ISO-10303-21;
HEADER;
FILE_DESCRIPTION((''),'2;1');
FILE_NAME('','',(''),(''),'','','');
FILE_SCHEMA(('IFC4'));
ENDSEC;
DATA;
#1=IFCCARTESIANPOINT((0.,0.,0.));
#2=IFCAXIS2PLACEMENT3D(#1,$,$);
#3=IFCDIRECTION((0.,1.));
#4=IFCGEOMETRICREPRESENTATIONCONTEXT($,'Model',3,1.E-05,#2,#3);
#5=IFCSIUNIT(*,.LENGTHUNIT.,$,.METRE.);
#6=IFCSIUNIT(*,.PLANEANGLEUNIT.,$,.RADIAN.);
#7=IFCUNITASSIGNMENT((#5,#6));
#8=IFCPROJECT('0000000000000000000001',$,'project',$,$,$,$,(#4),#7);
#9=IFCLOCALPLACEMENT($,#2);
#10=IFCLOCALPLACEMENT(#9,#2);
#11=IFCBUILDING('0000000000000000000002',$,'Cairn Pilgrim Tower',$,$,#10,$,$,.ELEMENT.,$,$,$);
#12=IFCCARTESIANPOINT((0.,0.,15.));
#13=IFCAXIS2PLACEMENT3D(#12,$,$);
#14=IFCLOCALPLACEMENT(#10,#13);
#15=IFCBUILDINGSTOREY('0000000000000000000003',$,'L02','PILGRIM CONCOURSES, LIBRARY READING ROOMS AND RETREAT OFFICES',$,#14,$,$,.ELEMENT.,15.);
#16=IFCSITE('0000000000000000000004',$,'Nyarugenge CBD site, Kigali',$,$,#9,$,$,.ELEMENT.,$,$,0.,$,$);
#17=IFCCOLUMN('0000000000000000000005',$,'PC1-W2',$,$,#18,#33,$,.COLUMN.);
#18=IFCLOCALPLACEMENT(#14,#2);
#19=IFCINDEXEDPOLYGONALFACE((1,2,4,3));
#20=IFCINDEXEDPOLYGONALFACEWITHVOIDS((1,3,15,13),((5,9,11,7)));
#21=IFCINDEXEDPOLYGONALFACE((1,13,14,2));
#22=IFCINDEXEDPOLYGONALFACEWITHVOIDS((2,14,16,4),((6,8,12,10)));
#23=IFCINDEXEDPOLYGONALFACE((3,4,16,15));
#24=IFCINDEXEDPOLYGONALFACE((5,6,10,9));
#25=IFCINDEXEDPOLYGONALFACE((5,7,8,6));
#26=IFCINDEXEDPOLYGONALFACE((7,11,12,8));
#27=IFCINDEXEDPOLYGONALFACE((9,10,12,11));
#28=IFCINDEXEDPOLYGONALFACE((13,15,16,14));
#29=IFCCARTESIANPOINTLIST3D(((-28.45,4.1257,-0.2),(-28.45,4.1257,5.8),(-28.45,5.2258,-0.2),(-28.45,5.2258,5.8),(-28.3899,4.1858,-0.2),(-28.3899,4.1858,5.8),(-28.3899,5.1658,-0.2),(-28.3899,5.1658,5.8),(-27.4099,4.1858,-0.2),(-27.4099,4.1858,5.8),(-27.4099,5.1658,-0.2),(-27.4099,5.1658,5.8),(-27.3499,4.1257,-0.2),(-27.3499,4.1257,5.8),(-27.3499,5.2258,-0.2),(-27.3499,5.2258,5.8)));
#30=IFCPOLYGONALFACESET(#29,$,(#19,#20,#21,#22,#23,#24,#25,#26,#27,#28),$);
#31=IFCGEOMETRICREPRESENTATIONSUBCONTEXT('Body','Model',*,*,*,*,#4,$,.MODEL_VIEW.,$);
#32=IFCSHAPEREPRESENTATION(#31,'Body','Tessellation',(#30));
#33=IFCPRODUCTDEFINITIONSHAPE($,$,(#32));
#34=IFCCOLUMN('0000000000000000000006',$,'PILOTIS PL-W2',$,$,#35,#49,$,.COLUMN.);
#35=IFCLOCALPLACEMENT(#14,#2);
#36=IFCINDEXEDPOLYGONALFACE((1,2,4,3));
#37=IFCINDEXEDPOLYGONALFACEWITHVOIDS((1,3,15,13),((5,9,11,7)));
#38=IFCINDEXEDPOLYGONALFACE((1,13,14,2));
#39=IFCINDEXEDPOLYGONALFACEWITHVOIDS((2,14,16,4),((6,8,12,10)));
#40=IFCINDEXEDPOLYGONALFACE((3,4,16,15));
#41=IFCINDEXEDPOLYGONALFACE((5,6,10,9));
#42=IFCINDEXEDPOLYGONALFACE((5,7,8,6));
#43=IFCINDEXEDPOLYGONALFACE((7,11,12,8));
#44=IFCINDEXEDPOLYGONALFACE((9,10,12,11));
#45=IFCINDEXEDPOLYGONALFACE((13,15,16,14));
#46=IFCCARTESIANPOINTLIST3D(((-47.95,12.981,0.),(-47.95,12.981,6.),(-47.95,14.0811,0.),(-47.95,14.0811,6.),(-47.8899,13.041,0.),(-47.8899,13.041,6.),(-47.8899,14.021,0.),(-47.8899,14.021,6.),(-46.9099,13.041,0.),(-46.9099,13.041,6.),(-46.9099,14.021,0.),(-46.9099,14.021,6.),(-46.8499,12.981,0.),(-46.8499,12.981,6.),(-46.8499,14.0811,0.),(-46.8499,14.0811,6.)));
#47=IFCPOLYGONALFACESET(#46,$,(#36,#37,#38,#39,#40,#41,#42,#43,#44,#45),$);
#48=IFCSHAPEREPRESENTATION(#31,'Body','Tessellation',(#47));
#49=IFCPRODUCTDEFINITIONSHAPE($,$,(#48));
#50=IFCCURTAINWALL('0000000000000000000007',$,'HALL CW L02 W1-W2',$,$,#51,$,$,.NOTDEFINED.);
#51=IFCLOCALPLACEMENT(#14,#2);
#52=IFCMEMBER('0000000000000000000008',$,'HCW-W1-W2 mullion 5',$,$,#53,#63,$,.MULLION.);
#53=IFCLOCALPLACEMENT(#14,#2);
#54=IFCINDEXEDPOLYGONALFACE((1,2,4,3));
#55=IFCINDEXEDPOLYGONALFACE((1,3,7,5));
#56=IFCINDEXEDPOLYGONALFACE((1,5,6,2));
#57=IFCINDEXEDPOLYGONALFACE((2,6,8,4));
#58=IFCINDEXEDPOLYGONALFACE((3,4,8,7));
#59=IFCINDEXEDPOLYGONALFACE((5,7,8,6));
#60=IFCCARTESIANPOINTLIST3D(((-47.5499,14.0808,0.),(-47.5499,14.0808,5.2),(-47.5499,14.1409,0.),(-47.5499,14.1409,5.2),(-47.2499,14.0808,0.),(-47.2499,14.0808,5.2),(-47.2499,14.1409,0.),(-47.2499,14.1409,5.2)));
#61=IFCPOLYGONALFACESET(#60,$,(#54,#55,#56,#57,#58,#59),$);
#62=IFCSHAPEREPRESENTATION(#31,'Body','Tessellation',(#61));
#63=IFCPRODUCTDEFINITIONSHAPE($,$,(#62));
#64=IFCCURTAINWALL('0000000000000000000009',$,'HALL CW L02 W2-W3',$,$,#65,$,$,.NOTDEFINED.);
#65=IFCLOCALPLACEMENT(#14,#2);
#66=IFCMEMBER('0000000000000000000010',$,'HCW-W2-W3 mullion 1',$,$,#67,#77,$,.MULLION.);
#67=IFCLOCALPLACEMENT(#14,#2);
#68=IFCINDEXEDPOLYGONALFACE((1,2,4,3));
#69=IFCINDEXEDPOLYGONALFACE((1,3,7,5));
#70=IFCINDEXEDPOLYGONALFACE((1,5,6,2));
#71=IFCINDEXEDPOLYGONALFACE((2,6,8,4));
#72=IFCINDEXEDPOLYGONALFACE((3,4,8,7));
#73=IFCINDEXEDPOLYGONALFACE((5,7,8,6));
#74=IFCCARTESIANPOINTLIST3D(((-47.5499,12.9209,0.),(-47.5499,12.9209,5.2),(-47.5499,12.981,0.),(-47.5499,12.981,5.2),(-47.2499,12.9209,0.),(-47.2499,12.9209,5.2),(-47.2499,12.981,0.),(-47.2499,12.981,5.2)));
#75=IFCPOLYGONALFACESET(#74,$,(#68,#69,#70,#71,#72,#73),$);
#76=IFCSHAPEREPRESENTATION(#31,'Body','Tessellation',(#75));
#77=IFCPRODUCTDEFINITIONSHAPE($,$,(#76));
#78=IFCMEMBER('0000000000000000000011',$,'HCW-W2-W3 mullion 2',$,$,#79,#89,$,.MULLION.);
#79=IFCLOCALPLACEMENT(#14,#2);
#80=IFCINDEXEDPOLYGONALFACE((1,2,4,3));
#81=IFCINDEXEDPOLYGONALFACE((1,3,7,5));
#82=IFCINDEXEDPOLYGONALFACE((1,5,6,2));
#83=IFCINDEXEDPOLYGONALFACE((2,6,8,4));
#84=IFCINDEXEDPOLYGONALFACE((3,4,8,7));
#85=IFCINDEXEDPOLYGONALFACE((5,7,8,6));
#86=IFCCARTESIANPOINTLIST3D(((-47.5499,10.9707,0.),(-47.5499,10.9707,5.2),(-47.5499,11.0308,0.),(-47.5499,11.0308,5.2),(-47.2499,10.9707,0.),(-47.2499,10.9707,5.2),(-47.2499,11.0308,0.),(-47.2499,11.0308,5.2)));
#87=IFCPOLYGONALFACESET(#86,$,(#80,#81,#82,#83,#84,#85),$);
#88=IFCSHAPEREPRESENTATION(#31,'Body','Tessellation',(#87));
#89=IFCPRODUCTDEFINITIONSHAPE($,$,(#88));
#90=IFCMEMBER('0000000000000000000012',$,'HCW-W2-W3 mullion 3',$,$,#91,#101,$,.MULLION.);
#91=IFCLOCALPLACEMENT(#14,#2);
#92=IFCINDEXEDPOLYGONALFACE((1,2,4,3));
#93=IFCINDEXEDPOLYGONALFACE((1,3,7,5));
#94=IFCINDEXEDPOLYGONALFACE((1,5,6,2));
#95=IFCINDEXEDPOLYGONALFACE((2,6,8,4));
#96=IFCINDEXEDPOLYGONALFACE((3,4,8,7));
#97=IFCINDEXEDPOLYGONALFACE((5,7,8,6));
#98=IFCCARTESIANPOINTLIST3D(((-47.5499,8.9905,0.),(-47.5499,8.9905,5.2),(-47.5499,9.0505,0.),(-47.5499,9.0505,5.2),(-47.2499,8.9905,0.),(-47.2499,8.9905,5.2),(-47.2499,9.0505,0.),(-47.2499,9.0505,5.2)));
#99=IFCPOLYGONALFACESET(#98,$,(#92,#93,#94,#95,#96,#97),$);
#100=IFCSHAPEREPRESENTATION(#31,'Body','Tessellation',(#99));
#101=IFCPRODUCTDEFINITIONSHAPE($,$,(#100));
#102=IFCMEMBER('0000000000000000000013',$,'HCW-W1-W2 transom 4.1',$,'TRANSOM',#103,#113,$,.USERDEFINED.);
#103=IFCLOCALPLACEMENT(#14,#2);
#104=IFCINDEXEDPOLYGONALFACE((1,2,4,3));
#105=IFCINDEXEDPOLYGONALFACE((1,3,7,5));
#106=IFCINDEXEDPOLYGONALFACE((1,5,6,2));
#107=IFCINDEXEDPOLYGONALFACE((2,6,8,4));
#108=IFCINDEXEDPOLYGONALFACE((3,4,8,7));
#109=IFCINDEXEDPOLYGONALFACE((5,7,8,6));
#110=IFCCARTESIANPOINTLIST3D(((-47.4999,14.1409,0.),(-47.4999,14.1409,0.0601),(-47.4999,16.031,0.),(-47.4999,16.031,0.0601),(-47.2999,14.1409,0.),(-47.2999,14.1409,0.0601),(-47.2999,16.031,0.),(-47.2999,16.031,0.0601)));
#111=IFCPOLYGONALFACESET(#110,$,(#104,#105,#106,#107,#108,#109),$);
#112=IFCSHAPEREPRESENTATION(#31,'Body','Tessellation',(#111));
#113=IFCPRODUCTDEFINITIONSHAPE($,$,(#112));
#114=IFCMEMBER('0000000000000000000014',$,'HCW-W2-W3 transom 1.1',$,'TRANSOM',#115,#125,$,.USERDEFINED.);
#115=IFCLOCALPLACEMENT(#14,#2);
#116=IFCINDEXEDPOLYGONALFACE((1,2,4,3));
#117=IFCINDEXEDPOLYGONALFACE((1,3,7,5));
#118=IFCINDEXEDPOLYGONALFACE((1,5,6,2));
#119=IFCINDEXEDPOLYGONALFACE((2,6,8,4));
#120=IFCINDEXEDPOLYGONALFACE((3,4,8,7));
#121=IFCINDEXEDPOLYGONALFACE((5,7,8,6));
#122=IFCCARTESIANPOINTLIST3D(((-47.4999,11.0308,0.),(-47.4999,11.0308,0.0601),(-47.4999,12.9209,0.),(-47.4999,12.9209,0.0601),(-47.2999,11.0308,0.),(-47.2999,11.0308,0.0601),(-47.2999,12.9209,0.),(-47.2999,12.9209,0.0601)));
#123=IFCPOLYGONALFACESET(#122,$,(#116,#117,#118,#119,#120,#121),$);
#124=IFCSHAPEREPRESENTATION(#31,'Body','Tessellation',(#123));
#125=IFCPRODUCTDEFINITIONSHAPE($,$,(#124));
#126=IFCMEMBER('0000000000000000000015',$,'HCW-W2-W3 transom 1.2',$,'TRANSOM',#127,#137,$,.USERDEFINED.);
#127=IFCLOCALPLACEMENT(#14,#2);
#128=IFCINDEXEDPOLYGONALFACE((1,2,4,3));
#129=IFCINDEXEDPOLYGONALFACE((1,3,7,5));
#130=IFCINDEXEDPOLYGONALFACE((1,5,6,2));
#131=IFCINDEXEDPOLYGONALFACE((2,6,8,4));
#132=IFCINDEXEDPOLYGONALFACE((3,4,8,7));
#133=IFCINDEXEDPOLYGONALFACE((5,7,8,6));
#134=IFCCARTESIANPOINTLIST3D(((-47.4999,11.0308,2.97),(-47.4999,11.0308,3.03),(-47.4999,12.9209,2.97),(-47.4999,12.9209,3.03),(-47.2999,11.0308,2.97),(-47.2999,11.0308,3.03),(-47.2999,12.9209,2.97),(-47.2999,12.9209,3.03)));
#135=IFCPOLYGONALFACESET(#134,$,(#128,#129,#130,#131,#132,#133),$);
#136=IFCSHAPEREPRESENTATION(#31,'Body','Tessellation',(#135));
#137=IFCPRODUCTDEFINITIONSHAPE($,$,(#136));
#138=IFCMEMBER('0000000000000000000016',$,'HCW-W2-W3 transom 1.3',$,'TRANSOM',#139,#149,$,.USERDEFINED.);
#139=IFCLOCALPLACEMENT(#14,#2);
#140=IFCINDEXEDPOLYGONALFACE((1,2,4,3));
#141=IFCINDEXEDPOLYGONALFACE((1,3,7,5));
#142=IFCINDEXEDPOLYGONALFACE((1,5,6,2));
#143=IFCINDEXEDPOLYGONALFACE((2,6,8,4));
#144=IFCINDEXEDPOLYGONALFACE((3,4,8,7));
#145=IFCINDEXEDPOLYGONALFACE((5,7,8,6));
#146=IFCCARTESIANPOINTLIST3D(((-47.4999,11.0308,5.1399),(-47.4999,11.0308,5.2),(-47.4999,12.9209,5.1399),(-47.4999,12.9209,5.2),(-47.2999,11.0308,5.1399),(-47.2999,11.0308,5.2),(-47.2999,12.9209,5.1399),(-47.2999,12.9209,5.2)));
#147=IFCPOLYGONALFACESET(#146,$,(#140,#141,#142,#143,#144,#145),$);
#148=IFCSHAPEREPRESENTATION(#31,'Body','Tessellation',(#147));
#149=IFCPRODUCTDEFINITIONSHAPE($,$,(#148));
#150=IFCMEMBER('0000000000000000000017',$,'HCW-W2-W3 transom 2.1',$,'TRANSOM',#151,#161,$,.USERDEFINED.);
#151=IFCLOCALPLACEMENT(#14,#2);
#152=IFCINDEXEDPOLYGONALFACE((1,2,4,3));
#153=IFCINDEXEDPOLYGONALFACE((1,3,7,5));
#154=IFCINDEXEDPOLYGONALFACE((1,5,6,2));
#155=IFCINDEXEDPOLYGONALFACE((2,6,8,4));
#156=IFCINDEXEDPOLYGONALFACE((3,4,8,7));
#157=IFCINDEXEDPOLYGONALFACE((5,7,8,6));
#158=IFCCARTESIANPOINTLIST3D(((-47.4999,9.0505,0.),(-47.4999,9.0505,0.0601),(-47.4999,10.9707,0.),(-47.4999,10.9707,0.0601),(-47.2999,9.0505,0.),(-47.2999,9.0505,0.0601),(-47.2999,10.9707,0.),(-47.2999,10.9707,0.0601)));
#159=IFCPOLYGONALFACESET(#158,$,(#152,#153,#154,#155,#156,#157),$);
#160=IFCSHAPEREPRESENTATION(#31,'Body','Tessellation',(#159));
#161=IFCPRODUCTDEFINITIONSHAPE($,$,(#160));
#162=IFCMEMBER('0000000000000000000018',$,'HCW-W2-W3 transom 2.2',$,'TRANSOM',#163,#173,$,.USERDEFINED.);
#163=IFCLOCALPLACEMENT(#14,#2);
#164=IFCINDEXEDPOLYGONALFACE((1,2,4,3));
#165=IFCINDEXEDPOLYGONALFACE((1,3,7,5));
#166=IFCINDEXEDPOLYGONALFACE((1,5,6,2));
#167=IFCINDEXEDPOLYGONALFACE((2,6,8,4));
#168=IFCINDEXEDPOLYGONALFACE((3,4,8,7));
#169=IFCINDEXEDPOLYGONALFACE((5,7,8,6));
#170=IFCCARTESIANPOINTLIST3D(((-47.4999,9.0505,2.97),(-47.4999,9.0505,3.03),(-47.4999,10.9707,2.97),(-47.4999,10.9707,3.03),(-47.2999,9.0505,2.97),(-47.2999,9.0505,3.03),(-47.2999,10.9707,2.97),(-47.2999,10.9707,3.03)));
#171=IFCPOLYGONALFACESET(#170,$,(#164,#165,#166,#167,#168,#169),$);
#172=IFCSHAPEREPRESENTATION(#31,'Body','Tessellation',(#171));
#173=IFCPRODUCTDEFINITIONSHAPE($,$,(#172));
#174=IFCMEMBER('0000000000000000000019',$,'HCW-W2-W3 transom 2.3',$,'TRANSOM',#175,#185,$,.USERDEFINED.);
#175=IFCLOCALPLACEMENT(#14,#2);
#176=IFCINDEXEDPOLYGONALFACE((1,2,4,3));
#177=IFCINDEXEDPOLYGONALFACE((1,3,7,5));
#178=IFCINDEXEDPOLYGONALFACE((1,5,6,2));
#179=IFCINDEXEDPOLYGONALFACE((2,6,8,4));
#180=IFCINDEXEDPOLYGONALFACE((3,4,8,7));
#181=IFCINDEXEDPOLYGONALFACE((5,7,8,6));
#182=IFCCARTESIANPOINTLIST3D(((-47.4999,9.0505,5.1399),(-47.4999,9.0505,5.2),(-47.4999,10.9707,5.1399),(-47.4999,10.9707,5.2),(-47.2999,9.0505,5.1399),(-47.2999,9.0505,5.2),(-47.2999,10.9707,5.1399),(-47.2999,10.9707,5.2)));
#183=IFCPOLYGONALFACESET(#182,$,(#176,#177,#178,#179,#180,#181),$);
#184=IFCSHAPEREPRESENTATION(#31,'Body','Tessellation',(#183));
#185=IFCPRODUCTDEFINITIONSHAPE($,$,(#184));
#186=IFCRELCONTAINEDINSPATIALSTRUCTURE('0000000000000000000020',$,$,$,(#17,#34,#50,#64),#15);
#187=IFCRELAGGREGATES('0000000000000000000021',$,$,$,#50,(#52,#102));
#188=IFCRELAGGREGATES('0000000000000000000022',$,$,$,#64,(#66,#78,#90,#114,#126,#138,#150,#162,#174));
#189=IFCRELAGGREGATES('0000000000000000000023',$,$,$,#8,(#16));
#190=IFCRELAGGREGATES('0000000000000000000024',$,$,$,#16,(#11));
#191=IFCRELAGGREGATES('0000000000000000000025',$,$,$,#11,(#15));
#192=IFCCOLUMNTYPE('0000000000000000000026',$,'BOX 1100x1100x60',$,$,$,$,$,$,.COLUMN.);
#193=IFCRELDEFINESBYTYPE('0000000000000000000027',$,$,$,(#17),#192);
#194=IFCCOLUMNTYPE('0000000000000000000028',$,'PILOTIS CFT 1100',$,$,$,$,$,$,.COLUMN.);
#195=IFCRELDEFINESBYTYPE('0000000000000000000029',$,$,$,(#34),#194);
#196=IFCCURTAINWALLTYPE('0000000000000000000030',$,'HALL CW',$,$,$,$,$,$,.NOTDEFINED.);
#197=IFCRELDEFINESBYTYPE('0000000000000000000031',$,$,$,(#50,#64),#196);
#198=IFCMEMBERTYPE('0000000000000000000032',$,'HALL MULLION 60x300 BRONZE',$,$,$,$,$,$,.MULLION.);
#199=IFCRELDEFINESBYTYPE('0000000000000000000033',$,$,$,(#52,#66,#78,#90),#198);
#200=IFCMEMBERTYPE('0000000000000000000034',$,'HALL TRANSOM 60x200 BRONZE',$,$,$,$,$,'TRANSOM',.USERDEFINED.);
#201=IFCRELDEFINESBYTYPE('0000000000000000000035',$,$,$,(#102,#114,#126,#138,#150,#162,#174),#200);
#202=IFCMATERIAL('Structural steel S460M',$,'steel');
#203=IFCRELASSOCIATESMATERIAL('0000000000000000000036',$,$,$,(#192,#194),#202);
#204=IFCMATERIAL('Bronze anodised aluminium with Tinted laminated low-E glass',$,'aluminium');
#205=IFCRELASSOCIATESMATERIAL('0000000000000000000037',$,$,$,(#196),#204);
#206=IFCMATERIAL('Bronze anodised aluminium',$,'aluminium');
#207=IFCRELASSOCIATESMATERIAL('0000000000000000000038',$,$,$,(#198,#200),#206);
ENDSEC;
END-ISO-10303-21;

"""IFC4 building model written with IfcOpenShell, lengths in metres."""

from ifc_helpers import new_model, si_unit, direction, frame, origin, origin_2d, place, context, subcontext, project, spatial, rectangle, hollow_rectangle, extrude, material, material_profile, profile_set, type_object, element, aggregate, save


model = new_model("IFC4")

# Units and contexts
model_context = context("Model", 3, precision=1e-05, world=origin(), true_north=direction((0.0, 1.0)))
body_context = subcontext(model_context, "Body", "Model", "MODEL_VIEW")
ifc_project = project(units=[si_unit("LENGTHUNIT", "METRE"), si_unit("PLANEANGLEUNIT", "RADIAN")], contexts=[model_context])

# Site, building, storey
site_placement = place(None, origin())
site = spatial("IfcSite", under=ifc_project, at=site_placement, Name="Nyarugenge CBD site, Kigali", CompositionType="ELEMENT", RefElevation=0.0)
building_placement = place(site_placement, origin())
building = spatial("IfcBuilding", under=site, at=building_placement, Name="Cairn Pilgrim Tower", CompositionType="ELEMENT")
storey_placement = place(building_placement, frame((0.0, 0.0, 15.0)))
storey = spatial("IfcBuildingStorey", under=building, at=storey_placement, Name="L02", Description="PILGRIM CONCOURSES, LIBRARY READING ROOMS AND RETREAT OFFICES", CompositionType="ELEMENT", Elevation=15.0)

# Columns
ifc_material_1 = material(Name="Structural steel S460M", Category="steel")
ifc_material_profile_1 = material_profile(ifc_material_1, hollow_rectangle(XDim=1.1001, YDim=1.1001, WallThickness=0.0601, at=origin_2d()), Name="BOX 1100x1100x60")
ifc_profile_set_1 = profile_set([ifc_material_profile_1], Name="Structural steel S460M")
column_type_1 = type_object("IfcColumnType", Name="BOX 1100x1100x60", PredefinedType="COLUMN", material=ifc_profile_set_1)
column_1_placement = place(storey_placement, frame((-27.8999, 4.6758, -0.2), z_axis=(0.0, 0.0, 1.0), x_axis=(1.0, 0.0, 0.0)))
element("IfcColumn", 1, at=column_1_placement, inside=storey, type_object=column_type_1, Name="PC1-W2", PredefinedType="COLUMN", context=body_context, shape_type="SweptSolid", body=[
    extrude(hollow_rectangle(XDim=1.1001, YDim=1.1001, WallThickness=0.0601, at=origin_2d()), origin(), (0.0, 0.0, 1.0), 6.0),
])
ifc_material_profile_2 = material_profile(ifc_material_1, hollow_rectangle(XDim=1.1001, YDim=1.1001, WallThickness=0.0601, at=origin_2d()), Name="BOX 1100x1100x60")
ifc_profile_set_2 = profile_set([ifc_material_profile_2], Name="Structural steel S460M")
column_type_2 = type_object("IfcColumnType", Name="PILOTIS CFT 1100", PredefinedType="COLUMN", material=ifc_profile_set_2)
column_2_placement = place(storey_placement, frame((-47.3999, 13.531, 0.0), z_axis=(0.0, 0.0, 1.0), x_axis=(1.0, 0.0, 0.0)))
element("IfcColumn", 2, at=column_2_placement, inside=storey, type_object=column_type_2, Name="PILOTIS PL-W2", PredefinedType="COLUMN", context=body_context, shape_type="SweptSolid", body=[
    extrude(hollow_rectangle(XDim=1.1001, YDim=1.1001, WallThickness=0.0601, at=origin_2d()), origin(), (0.0, 0.0, 1.0), 6.0),
])

# Curtain wall, member
ifc_material_2 = material(Name="Bronze anodised aluminium with Tinted laminated low-E glass", Category="aluminium")
curtain_wall_type = type_object("IfcCurtainWallType", Name="HALL CW", PredefinedType="NOTDEFINED", material=ifc_material_2)
curtain_wall_1_placement = place(storey_placement, origin())
curtain_wall_1 = element("IfcCurtainWall", 3, at=curtain_wall_1_placement, inside=storey, type_object=curtain_wall_type, Name="HALL CW L02 W1-W2", PredefinedType="NOTDEFINED")
ifc_material_3 = material(Name="Bronze anodised aluminium", Category="aluminium")
ifc_material_profile_3 = material_profile(ifc_material_3, rectangle(XDim=0.3, YDim=0.0601, at=origin_2d()), Name="HALL MULLION 60x300 BRONZE")
ifc_profile_set_3 = profile_set([ifc_material_profile_3], Name="Bronze anodised aluminium")
member_type_1 = type_object("IfcMemberType", Name="HALL MULLION 60x300 BRONZE", PredefinedType="MULLION", material=ifc_profile_set_3)
member_1_placement = place(storey_placement, frame((-47.3999, 14.1108, 0.0), z_axis=(0.0, 0.0, 1.0), x_axis=(1.0, 0.0, 0.0)))
member_1 = element("IfcMember", 4, at=member_1_placement, type_object=member_type_1, Name="HCW-W1-W2 mullion 5", PredefinedType="MULLION", context=body_context, shape_type="SweptSolid", body=[
    extrude(rectangle(XDim=0.3, YDim=0.0601, at=origin_2d()), origin(), (0.0, 0.0, 1.0), 5.2),
])

# Curtain wall, members
curtain_wall_2_placement = place(storey_placement, origin())
curtain_wall_2 = element("IfcCurtainWall", 5, at=curtain_wall_2_placement, inside=storey, type_object=curtain_wall_type, Name="HALL CW L02 W2-W3", PredefinedType="NOTDEFINED")
member_2_placement = place(storey_placement, frame((-47.3999, 12.9509, 0.0), z_axis=(0.0, 0.0, 1.0), x_axis=(1.0, 0.0, 0.0)))
member_2 = element("IfcMember", 6, at=member_2_placement, type_object=member_type_1, Name="HCW-W2-W3 mullion 1", PredefinedType="MULLION", context=body_context, shape_type="SweptSolid", body=[
    extrude(rectangle(XDim=0.3, YDim=0.0601, at=origin_2d()), origin(), (0.0, 0.0, 1.0), 5.2),
])
member_3_placement = place(storey_placement, frame((-47.3999, 11.0007, 0.0), z_axis=(0.0, 0.0, 1.0), x_axis=(1.0, 0.0, 0.0)))
member_3 = element("IfcMember", 7, at=member_3_placement, type_object=member_type_1, Name="HCW-W2-W3 mullion 2", PredefinedType="MULLION", context=body_context, shape_type="SweptSolid", body=[
    extrude(rectangle(XDim=0.3, YDim=0.0601, at=origin_2d()), origin(), (0.0, 0.0, 1.0), 5.2),
])
member_4_placement = place(storey_placement, frame((-47.3999, 9.0205, 0.0), z_axis=(0.0, 0.0, 1.0), x_axis=(1.0, 0.0, 0.0)))
member_4 = element("IfcMember", 8, at=member_4_placement, type_object=member_type_1, Name="HCW-W2-W3 mullion 3", PredefinedType="MULLION", context=body_context, shape_type="SweptSolid", body=[
    extrude(rectangle(XDim=0.3, YDim=0.0601, at=origin_2d()), origin(), (0.0, 0.0, 1.0), 5.2),
])

# Members
ifc_material_profile_4 = material_profile(ifc_material_3, rectangle(XDim=0.2, YDim=0.0601, at=origin_2d()), Name="HALL TRANSOM 60x200 BRONZE")
ifc_profile_set_4 = profile_set([ifc_material_profile_4], Name="Bronze anodised aluminium")
member_type_2 = type_object("IfcMemberType", Name="HALL TRANSOM 60x200 BRONZE", ElementType="TRANSOM", PredefinedType="USERDEFINED", material=ifc_profile_set_4)
member_5_placement = place(storey_placement, frame((-47.3999, 16.031, 0.03), z_axis=(0.0, -1.0, 0.0), x_axis=(1.0, 0.0, 0.0)))
member_5 = element("IfcMember", 9, at=member_5_placement, type_object=member_type_2, Name="HCW-W1-W2 transom 4.1", ObjectType="TRANSOM", PredefinedType="USERDEFINED", context=body_context, shape_type="SweptSolid", body=[
    extrude(rectangle(XDim=0.2, YDim=0.0601, at=origin_2d()), origin(), (0.0, 0.0, 1.0), 1.8901),
])
member_6_placement = place(storey_placement, frame((-47.3999, 12.9209, 0.03), z_axis=(0.0, -1.0, 0.0), x_axis=(1.0, 0.0, 0.0)))
member_6 = element("IfcMember", 10, at=member_6_placement, type_object=member_type_2, Name="HCW-W2-W3 transom 1.1", ObjectType="TRANSOM", PredefinedType="USERDEFINED", context=body_context, shape_type="SweptSolid", body=[
    extrude(rectangle(XDim=0.2, YDim=0.0601, at=origin_2d()), origin(), (0.0, 0.0, 1.0), 1.8901),
])
member_7_placement = place(storey_placement, frame((-47.3999, 12.9209, 3.0), z_axis=(0.0, -1.0, 0.0), x_axis=(1.0, 0.0, 0.0)))
member_7 = element("IfcMember", 11, at=member_7_placement, type_object=member_type_2, Name="HCW-W2-W3 transom 1.2", ObjectType="TRANSOM", PredefinedType="USERDEFINED", context=body_context, shape_type="SweptSolid", body=[
    extrude(rectangle(XDim=0.2, YDim=0.0601, at=origin_2d()), origin(), (0.0, 0.0, 1.0), 1.8901),
])
member_8_placement = place(storey_placement, frame((-47.3999, 12.9209, 5.1699), z_axis=(0.0, -1.0, 0.0), x_axis=(1.0, 0.0, 0.0)))
member_8 = element("IfcMember", 12, at=member_8_placement, type_object=member_type_2, Name="HCW-W2-W3 transom 1.3", ObjectType="TRANSOM", PredefinedType="USERDEFINED", context=body_context, shape_type="SweptSolid", body=[
    extrude(rectangle(XDim=0.2, YDim=0.0601, at=origin_2d()), origin(), (0.0, 0.0, 1.0), 1.8901),
])
member_9_placement = place(storey_placement, frame((-47.3999, 10.9707, 0.03), z_axis=(0.0, -1.0, 0.0), x_axis=(1.0, 0.0, 0.0)))
member_9 = element("IfcMember", 13, at=member_9_placement, type_object=member_type_2, Name="HCW-W2-W3 transom 2.1", ObjectType="TRANSOM", PredefinedType="USERDEFINED", context=body_context, shape_type="SweptSolid", body=[
    extrude(rectangle(XDim=0.2, YDim=0.0601, at=origin_2d()), origin(), (0.0, 0.0, 1.0), 1.9202),
])
member_10_placement = place(storey_placement, frame((-47.3999, 10.9707, 3.0), z_axis=(0.0, -1.0, 0.0), x_axis=(1.0, 0.0, 0.0)))
member_10 = element("IfcMember", 14, at=member_10_placement, type_object=member_type_2, Name="HCW-W2-W3 transom 2.2", ObjectType="TRANSOM", PredefinedType="USERDEFINED", context=body_context, shape_type="SweptSolid", body=[
    extrude(rectangle(XDim=0.2, YDim=0.0601, at=origin_2d()), origin(), (0.0, 0.0, 1.0), 1.9202),
])
member_11_placement = place(storey_placement, frame((-47.3999, 10.9707, 5.1699), z_axis=(0.0, -1.0, 0.0), x_axis=(1.0, 0.0, 0.0)))
member_11 = element("IfcMember", 15, at=member_11_placement, type_object=member_type_2, Name="HCW-W2-W3 transom 2.3", ObjectType="TRANSOM", PredefinedType="USERDEFINED", context=body_context, shape_type="SweptSolid", body=[
    extrude(rectangle(XDim=0.2, YDim=0.0601, at=origin_2d()), origin(), (0.0, 0.0, 1.0), 1.9202),
])

aggregate(curtain_wall_1, [member_1, member_5])
aggregate(curtain_wall_2, [member_2, member_3, member_4, member_6, member_7, member_8, member_9, member_10, member_11])

save(model, "model.ifc")
